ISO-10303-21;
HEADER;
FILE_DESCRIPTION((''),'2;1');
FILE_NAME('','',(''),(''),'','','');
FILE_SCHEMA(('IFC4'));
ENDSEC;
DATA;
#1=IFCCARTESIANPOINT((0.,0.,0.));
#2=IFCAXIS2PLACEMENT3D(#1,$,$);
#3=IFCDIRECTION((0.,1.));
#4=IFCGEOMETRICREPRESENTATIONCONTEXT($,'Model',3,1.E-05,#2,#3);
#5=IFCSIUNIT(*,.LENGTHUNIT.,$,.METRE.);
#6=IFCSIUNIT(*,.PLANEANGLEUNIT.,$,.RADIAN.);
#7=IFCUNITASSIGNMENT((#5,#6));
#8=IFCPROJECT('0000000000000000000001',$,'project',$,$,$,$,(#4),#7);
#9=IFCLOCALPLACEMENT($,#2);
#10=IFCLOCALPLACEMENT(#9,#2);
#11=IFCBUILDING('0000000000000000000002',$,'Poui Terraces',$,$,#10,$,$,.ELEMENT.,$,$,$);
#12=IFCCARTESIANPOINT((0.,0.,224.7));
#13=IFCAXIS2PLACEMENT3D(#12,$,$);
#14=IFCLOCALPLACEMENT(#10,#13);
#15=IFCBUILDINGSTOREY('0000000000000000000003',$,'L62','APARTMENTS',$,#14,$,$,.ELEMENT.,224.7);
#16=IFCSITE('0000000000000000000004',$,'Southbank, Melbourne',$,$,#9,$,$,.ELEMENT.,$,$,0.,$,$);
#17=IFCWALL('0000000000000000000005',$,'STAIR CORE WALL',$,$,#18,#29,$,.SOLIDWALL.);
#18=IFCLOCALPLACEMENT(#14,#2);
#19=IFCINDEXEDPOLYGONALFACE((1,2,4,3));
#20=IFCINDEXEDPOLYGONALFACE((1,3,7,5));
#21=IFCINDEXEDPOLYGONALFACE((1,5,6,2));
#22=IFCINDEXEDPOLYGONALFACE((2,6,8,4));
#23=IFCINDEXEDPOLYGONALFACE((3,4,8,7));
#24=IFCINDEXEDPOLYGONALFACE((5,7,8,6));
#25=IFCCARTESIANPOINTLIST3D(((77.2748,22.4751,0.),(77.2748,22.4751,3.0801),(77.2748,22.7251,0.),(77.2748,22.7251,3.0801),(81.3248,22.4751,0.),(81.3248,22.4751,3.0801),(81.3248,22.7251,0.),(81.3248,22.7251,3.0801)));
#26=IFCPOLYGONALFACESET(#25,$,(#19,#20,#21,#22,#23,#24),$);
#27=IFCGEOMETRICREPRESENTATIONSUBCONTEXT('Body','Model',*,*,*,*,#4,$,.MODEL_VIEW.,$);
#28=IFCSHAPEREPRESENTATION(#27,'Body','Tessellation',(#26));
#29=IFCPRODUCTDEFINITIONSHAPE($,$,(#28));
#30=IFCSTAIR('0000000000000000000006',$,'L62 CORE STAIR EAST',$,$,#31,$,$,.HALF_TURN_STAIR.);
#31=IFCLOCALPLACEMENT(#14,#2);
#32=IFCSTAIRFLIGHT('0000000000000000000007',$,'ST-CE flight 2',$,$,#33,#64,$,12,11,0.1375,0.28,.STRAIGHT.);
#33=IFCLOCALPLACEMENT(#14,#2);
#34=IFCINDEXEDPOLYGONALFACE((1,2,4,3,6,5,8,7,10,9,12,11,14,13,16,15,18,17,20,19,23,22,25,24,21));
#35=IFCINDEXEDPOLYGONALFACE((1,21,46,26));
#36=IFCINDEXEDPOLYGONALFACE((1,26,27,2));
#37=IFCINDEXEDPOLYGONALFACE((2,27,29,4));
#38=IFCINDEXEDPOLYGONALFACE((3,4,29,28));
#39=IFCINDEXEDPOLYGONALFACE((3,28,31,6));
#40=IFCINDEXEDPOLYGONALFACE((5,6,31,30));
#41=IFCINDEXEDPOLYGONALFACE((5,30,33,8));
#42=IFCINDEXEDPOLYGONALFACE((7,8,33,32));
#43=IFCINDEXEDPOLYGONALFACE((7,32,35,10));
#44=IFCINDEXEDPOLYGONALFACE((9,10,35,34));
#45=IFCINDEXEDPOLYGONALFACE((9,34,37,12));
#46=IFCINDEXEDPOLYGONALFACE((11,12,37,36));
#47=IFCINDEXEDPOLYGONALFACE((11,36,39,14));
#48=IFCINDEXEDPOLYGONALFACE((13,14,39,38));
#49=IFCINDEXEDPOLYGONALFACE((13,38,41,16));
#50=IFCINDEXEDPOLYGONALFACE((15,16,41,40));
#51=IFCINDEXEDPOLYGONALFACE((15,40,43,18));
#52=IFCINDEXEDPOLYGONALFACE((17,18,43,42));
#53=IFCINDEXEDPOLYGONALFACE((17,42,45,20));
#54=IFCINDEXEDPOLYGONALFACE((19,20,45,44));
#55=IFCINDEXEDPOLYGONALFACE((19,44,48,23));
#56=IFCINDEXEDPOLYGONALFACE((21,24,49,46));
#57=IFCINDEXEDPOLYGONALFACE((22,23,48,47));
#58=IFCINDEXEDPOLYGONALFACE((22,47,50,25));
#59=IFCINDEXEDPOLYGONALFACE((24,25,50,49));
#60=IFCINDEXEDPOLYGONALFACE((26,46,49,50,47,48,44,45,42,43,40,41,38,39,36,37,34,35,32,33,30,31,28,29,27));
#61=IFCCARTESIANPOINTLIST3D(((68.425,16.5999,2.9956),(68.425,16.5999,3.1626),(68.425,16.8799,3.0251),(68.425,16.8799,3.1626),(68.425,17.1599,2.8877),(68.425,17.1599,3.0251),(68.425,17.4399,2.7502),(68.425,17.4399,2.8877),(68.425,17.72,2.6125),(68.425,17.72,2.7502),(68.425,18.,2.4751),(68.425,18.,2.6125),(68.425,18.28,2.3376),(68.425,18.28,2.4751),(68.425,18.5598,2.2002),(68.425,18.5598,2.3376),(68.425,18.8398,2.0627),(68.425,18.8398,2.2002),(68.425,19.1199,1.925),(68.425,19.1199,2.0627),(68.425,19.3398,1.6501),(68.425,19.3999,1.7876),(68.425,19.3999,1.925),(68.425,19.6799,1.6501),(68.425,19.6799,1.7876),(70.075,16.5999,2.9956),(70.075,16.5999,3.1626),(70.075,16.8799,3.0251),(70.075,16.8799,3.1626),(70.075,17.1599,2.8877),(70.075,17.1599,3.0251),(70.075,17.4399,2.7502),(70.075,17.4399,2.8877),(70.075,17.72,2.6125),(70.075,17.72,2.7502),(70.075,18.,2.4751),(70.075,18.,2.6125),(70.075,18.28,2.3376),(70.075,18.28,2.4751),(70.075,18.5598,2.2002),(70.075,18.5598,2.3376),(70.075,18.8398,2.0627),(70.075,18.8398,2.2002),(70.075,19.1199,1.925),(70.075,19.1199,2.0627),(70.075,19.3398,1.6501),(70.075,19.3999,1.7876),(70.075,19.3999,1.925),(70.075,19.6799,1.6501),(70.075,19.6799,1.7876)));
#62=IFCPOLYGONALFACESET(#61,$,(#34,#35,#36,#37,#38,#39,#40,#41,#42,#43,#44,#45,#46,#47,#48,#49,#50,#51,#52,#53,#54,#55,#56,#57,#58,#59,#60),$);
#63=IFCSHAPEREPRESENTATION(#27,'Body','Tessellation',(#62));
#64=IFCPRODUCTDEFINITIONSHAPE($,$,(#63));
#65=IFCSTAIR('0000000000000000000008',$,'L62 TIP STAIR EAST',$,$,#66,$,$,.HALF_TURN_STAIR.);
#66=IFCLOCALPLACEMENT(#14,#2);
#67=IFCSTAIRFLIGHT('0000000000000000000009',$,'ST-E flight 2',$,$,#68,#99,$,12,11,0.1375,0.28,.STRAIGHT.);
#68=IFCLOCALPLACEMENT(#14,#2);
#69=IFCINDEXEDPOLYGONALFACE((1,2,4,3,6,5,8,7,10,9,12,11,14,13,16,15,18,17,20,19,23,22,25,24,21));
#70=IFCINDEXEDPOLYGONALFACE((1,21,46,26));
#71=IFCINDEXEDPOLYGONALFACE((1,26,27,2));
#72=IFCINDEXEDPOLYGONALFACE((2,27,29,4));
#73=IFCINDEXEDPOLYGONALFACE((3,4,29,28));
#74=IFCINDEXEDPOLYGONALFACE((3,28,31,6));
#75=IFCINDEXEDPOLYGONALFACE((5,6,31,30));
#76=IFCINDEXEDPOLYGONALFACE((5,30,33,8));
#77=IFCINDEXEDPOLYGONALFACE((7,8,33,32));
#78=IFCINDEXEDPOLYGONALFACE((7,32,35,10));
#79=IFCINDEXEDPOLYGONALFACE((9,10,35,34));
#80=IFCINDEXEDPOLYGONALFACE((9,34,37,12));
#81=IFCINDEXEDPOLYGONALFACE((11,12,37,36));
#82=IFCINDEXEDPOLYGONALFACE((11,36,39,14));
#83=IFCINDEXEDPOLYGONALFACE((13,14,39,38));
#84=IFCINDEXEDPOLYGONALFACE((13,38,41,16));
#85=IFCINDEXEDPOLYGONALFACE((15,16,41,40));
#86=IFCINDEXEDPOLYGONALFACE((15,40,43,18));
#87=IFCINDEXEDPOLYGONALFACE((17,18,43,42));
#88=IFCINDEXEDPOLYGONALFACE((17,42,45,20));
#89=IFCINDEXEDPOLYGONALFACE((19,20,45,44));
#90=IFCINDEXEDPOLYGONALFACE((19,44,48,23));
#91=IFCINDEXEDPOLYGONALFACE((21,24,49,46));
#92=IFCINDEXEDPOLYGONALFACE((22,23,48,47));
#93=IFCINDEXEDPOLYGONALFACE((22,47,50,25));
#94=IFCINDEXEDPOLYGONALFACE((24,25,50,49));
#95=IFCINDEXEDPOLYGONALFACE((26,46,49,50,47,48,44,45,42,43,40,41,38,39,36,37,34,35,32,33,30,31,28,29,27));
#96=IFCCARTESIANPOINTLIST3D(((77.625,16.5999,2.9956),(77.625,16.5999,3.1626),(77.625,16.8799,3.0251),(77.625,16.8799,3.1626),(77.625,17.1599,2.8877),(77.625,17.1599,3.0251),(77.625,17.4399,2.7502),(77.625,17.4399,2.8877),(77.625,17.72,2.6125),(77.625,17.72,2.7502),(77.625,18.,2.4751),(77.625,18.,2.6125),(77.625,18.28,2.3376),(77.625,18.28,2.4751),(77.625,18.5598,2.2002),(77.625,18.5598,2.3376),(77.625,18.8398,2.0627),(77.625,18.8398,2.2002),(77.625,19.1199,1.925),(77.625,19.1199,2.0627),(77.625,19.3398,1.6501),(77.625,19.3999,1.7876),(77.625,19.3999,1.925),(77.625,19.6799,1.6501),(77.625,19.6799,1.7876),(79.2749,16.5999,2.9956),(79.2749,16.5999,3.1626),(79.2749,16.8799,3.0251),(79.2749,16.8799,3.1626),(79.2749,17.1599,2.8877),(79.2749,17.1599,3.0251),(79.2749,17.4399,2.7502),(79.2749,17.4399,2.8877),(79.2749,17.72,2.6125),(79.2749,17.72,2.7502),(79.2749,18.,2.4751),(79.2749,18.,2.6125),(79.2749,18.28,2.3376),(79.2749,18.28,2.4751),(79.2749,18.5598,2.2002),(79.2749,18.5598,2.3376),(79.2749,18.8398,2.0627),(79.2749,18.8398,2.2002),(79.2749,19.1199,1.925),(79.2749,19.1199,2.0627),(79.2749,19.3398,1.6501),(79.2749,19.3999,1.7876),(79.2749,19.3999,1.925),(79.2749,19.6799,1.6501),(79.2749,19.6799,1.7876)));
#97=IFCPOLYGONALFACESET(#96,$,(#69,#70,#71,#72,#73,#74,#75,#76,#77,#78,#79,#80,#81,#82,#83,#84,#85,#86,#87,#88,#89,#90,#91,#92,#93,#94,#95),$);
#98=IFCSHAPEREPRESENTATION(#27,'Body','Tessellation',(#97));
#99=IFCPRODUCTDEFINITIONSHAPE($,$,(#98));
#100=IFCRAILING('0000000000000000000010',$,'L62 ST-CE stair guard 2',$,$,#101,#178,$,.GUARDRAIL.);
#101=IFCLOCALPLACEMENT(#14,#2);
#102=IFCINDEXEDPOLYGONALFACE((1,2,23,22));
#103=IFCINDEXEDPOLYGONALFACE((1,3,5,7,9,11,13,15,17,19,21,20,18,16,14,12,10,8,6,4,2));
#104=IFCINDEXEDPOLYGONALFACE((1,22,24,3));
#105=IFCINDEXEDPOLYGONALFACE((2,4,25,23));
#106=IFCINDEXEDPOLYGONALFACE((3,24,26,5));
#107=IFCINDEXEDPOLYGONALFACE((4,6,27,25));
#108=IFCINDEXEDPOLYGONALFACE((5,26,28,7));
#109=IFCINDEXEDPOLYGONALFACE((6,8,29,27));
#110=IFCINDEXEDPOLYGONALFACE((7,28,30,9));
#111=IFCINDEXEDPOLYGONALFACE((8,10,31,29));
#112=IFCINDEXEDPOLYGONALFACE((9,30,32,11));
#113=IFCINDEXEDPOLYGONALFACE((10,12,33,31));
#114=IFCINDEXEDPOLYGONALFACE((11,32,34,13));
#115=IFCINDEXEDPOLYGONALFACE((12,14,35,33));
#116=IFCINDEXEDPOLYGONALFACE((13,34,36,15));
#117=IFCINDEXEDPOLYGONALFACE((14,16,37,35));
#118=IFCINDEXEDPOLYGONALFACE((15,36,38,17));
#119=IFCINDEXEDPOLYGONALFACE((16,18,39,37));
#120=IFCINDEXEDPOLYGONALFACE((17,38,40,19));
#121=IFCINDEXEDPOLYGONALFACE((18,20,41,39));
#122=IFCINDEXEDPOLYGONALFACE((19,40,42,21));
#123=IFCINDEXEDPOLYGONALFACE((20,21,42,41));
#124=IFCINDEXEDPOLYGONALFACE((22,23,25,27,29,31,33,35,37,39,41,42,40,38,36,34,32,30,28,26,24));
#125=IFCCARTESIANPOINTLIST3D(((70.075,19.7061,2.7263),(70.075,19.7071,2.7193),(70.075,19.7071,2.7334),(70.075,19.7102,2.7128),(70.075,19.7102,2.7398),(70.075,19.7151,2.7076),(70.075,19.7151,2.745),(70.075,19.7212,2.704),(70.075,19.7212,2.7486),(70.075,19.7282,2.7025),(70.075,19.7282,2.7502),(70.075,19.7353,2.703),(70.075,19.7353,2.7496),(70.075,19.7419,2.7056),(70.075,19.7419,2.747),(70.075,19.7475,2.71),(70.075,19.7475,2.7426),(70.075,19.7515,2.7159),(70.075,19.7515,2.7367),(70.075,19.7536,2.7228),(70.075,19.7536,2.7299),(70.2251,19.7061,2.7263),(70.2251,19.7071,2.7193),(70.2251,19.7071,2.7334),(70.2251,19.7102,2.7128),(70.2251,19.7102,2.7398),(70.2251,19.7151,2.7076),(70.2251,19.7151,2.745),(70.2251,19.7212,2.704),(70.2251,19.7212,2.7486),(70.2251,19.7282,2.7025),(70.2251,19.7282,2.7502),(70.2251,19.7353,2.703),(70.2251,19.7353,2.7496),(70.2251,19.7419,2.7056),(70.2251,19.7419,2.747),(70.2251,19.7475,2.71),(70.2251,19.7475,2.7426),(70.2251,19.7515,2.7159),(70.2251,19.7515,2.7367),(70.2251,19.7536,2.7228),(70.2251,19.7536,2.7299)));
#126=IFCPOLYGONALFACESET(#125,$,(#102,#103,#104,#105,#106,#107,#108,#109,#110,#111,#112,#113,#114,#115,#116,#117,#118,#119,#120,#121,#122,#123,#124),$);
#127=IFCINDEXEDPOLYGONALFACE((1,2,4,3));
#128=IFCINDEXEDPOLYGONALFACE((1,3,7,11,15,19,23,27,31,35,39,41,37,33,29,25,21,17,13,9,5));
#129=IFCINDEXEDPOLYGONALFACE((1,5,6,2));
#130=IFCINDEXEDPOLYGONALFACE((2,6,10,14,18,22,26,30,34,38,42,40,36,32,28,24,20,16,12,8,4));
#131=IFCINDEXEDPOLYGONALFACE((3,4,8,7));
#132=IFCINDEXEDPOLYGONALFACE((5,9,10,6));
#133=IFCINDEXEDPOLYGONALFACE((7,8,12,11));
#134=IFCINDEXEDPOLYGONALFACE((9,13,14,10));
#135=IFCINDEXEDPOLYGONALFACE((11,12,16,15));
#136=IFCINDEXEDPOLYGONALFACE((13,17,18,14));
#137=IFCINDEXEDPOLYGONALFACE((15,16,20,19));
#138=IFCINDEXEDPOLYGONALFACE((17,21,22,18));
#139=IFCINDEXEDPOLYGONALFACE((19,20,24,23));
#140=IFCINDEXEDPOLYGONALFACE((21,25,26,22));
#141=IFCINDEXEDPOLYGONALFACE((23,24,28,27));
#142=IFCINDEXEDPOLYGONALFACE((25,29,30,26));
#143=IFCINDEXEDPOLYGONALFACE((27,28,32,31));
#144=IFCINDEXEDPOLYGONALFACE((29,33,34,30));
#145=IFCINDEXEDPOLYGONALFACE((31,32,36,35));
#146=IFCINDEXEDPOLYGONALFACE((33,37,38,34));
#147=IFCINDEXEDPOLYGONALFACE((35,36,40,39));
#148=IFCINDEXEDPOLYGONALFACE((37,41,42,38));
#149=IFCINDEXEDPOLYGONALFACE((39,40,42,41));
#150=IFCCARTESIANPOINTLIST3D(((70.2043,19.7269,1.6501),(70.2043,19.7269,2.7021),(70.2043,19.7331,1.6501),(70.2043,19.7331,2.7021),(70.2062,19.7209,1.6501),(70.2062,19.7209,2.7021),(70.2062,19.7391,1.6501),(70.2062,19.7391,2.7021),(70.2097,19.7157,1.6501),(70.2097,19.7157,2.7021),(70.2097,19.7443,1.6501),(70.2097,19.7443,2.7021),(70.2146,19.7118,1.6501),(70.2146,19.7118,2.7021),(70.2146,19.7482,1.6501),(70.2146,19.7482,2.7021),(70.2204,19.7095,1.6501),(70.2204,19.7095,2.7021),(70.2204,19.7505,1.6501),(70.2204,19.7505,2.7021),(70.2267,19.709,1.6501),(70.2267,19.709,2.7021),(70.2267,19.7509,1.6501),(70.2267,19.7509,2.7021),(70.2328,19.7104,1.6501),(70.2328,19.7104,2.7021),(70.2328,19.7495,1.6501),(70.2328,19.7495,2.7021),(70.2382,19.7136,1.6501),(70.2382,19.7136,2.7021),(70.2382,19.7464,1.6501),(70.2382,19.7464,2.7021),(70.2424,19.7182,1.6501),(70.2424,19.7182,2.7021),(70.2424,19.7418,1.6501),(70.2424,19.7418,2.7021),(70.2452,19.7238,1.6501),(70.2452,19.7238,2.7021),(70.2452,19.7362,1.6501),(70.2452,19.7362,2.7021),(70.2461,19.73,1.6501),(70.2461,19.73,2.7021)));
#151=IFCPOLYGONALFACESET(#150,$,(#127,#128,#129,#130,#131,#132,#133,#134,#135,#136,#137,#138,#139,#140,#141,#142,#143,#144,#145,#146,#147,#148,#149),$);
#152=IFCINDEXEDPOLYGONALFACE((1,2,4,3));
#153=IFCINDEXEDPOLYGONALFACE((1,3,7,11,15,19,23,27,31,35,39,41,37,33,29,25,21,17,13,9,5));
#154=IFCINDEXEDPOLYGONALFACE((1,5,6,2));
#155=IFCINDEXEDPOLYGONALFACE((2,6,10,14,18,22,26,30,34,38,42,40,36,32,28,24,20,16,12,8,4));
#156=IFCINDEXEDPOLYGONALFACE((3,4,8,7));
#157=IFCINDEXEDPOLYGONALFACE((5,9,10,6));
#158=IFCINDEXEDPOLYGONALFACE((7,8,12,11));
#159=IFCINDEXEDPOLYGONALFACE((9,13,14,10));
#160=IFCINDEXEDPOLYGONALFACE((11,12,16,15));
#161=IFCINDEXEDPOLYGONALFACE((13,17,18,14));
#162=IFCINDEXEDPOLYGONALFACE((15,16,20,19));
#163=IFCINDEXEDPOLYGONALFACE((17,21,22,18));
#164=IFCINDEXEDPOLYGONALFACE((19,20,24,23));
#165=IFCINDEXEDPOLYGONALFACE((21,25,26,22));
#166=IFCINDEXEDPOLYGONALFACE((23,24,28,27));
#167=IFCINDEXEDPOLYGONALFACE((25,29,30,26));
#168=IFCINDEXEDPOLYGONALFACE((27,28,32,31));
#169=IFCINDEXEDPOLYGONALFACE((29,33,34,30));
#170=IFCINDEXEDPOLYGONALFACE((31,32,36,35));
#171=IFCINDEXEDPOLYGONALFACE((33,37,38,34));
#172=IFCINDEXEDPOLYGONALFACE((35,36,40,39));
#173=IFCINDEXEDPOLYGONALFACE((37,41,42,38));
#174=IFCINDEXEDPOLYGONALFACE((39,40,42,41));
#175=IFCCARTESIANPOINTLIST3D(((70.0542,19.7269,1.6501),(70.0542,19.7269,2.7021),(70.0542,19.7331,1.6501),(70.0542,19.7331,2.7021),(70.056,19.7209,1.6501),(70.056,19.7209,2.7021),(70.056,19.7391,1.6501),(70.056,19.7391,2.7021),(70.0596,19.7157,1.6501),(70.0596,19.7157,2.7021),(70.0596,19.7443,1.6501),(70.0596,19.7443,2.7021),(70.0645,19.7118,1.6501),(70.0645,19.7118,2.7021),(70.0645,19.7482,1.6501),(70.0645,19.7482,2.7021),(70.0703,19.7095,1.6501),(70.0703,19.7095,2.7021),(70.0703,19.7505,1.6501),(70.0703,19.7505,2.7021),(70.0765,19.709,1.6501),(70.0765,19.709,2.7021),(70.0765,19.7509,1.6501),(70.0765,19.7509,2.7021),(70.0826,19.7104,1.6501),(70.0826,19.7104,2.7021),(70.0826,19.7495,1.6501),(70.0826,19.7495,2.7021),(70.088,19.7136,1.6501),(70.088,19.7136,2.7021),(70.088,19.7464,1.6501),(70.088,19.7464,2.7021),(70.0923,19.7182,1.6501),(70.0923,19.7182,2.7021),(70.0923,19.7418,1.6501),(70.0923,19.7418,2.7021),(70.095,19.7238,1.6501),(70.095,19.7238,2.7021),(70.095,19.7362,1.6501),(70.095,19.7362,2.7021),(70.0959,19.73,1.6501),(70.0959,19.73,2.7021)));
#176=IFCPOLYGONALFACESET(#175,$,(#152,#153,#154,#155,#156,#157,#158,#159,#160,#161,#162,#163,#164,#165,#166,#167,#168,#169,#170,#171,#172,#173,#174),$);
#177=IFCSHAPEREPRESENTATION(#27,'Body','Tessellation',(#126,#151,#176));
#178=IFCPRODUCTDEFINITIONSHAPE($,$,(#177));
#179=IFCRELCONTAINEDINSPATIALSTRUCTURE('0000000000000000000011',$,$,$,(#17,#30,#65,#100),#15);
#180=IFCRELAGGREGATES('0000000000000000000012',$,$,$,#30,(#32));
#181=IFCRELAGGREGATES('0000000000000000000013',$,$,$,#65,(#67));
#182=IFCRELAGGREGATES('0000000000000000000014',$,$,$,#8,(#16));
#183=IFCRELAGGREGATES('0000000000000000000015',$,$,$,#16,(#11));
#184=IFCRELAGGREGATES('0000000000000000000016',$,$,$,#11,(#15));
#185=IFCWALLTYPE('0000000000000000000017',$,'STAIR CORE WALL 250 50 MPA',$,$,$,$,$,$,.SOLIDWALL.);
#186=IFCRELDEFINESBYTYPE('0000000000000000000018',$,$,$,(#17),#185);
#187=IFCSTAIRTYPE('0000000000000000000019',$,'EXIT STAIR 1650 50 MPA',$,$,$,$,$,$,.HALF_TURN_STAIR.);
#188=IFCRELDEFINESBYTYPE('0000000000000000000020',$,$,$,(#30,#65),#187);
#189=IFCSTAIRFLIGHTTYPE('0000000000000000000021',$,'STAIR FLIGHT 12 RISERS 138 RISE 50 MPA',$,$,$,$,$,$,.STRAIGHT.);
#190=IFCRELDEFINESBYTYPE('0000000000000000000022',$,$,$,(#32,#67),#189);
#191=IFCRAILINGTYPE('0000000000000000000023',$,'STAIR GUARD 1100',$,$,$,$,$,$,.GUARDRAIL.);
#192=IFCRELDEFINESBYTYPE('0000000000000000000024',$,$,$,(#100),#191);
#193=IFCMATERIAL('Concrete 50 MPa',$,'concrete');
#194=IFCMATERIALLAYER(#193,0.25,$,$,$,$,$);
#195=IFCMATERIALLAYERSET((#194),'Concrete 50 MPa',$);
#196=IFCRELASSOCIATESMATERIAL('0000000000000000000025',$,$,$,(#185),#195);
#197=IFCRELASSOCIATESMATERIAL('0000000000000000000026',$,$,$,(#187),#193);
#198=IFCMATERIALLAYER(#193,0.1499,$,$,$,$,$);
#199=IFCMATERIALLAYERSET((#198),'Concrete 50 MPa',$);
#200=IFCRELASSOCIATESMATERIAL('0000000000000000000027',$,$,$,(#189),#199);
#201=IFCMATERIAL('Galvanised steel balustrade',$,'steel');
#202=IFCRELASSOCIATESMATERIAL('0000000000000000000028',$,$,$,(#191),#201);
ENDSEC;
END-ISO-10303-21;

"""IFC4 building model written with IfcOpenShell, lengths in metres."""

from ifc_helpers import new_model, si_unit, direction, frame, frame_2d, origin, origin_2d, place, context, subcontext, project, spatial, polyline, rectangle, circle, outline, extrude, material, layer, layer_set, type_object, element, aggregate, save


model = new_model("IFC4")

# Units and contexts
model_context = context("Model", 3, precision=1e-05, world=origin(), true_north=direction((0.0, 1.0)))
body_context = subcontext(model_context, "Body", "Model", "MODEL_VIEW")
ifc_project = project(units=[si_unit("LENGTHUNIT", "METRE"), si_unit("PLANEANGLEUNIT", "RADIAN")], contexts=[model_context])

# Site, building, storey
site_placement = place(None, origin())
site = spatial("IfcSite", under=ifc_project, at=site_placement, Name="Southbank, Melbourne", CompositionType="ELEMENT", RefElevation=0.0)
building_placement = place(site_placement, origin())
building = spatial("IfcBuilding", under=site, at=building_placement, Name="Poui Terraces", CompositionType="ELEMENT")
storey_placement = place(building_placement, frame((0.0, 0.0, 224.7)))
storey = spatial("IfcBuildingStorey", under=building, at=storey_placement, Name="L62", Description="APARTMENTS", CompositionType="ELEMENT", Elevation=224.7)

# Shared definitions
ifc_material_1 = material(Name="Concrete 50 MPa", Category="concrete")

# Wall
ifc_layer_1 = layer(ifc_material_1, 0.25)
ifc_layer_set_1 = layer_set([ifc_layer_1], Name="Concrete 50 MPa")
wall_type_1 = type_object("IfcWallType", Name="STAIR CORE WALL 250 50 MPA", PredefinedType="SOLIDWALL", material=ifc_layer_set_1)
for number, where, z_axis, x_axis, name in (
    (1, (77.2749, 22.6001, 0.0), (0.0, 0.0, 1.0), (1.0, 0.0, 0.0), "STAIR CORE WALL"),
):
    element("IfcWall", number, at=place(storey_placement, frame(where, z_axis=z_axis, x_axis=x_axis)), inside=storey, type_object=wall_type_1, Name=name, PredefinedType="SOLIDWALL", context=body_context, shape_type="SweptSolid", body=[
        extrude(rectangle(XDim=4.05, YDim=0.25, at=frame_2d((2.0249, 0.0))), origin(), (0.0, 0.0, 1.0), 3.0801),
    ])

# Stairs, stair flights
stair_type = type_object("IfcStairType", Name="EXIT STAIR 1650 50 MPA", PredefinedType="HALF_TURN_STAIR", material=ifc_material_1)
stair_1_placement = place(storey_placement, origin())
stair_1 = element("IfcStair", 2, at=stair_1_placement, inside=storey, type_object=stair_type, Name="L62 CORE STAIR EAST", PredefinedType="HALF_TURN_STAIR")
ifc_layer_2 = layer(ifc_material_1, 0.1499)
ifc_layer_set_2 = layer_set([ifc_layer_2], Name="Concrete 50 MPa")
stair_flight_type = type_object("IfcStairFlightType", Name="STAIR FLIGHT 12 RISERS 138 RISE 50 MPA", PredefinedType="STRAIGHT", material=ifc_layer_set_2)
stair_flight_1_placement = place(storey_placement, frame((69.25, 19.6799, 1.6501), z_axis=(0.0, 0.0, 1.0), x_axis=(0.0, -1.0, 0.0)))
stair_flight_1 = element("IfcStairFlight", 3, at=stair_flight_1_placement, type_object=stair_flight_type, Name="ST-CE flight 2", NumberOfRisers=12, NumberOfTreads=11, PredefinedType="STRAIGHT", RiserHeight=0.1375, TreadLength=0.28, context=body_context, shape_type="SweptSolid", body=[
    extrude(outline(polyline([(0.0, 0.0), (0.0, 0.1375), (0.28, 0.1375), (0.28, 0.2749), (0.5601, 0.2749), (0.5601, 0.4126), (0.8401, 0.4126), (0.8401, 0.55), (1.1201, 0.55), (1.1201, 0.6875), (1.3999, 0.6875), (1.3999, 0.825), (1.6799, 0.825), (1.6799, 0.9624), (1.96, 0.9624), (1.96, 1.1001), (2.24, 1.1001), (2.24, 1.2375), (2.52, 1.2375), (2.52, 1.375), (2.8, 1.375), (2.8, 1.5125), (3.0801, 1.5125), (3.0801, 1.6499), (3.0801, 1.3455), (0.3401, 0.0), (0.0, 0.0)])), frame((0.0, 0.825, 0.0), z_axis=(0.0, -1.0, 0.0), x_axis=(1.0, 0.0, 0.0)), (0.0, 0.0, 1.0), 1.6499),
])
aggregate(stair_1, [stair_flight_1])
stair_2_placement = place(storey_placement, origin())
stair_2 = element("IfcStair", 4, at=stair_2_placement, inside=storey, type_object=stair_type, Name="L62 TIP STAIR EAST", PredefinedType="HALF_TURN_STAIR")
stair_flight_2_placement = place(storey_placement, frame((78.45, 19.6799, 1.6501), z_axis=(0.0, 0.0, 1.0), x_axis=(0.0, -1.0, 0.0)))
stair_flight_2 = element("IfcStairFlight", 5, at=stair_flight_2_placement, type_object=stair_flight_type, Name="ST-E flight 2", NumberOfRisers=12, NumberOfTreads=11, PredefinedType="STRAIGHT", RiserHeight=0.1375, TreadLength=0.28, context=body_context, shape_type="SweptSolid", body=[
    extrude(outline(polyline([(0.0, 0.0), (0.0, 0.1375), (0.28, 0.1375), (0.28, 0.2749), (0.5601, 0.2749), (0.5601, 0.4126), (0.8401, 0.4126), (0.8401, 0.55), (1.1201, 0.55), (1.1201, 0.6875), (1.3999, 0.6875), (1.3999, 0.825), (1.6799, 0.825), (1.6799, 0.9624), (1.96, 0.9624), (1.96, 1.1001), (2.24, 1.1001), (2.24, 1.2375), (2.52, 1.2375), (2.52, 1.375), (2.8, 1.375), (2.8, 1.5125), (3.0801, 1.5125), (3.0801, 1.6499), (3.0801, 1.3455), (0.3401, 0.0), (0.0, 0.0)])), frame((0.0, 0.825, 0.0), z_axis=(0.0, -1.0, 0.0), x_axis=(1.0, 0.0, 0.0)), (0.0, 0.0, 1.0), 1.6499),
])
aggregate(stair_2, [stair_flight_2])

# Railing
ifc_material_2 = material(Name="Galvanised steel balustrade", Category="steel")
railing_type_1 = type_object("IfcRailingType", Name="STAIR GUARD 1100", PredefinedType="GUARDRAIL", material=ifc_material_2)
railing_1_placement = place(storey_placement, frame((70.2251, 19.73, 1.6501)))
element("IfcRailing", 6, at=railing_1_placement, inside=storey, type_object=railing_type_1, Name="L62 ST-CE stair guard 2", PredefinedType="GUARDRAIL", context=body_context, shape_type="SweptSolid", body=[
    extrude(circle(Radius=0.0239, at=origin_2d()), frame((0.0, 0.0, 1.0762), z_axis=(-1.0, 0.0, 0.0), x_axis=(0.0, -1.0, 0.0)), (0.0, 0.0, 1.0), 0.1501),
    extrude(circle(Radius=0.021, at=origin_2d()), origin(), (0.0, 0.0, 1.0), 1.052),
    extrude(circle(Radius=0.021, at=origin_2d()), frame((-0.1501, 0.0, 0.0)), (0.0, 0.0, 1.0), 1.052),
])

save(model, "model.ifc")
